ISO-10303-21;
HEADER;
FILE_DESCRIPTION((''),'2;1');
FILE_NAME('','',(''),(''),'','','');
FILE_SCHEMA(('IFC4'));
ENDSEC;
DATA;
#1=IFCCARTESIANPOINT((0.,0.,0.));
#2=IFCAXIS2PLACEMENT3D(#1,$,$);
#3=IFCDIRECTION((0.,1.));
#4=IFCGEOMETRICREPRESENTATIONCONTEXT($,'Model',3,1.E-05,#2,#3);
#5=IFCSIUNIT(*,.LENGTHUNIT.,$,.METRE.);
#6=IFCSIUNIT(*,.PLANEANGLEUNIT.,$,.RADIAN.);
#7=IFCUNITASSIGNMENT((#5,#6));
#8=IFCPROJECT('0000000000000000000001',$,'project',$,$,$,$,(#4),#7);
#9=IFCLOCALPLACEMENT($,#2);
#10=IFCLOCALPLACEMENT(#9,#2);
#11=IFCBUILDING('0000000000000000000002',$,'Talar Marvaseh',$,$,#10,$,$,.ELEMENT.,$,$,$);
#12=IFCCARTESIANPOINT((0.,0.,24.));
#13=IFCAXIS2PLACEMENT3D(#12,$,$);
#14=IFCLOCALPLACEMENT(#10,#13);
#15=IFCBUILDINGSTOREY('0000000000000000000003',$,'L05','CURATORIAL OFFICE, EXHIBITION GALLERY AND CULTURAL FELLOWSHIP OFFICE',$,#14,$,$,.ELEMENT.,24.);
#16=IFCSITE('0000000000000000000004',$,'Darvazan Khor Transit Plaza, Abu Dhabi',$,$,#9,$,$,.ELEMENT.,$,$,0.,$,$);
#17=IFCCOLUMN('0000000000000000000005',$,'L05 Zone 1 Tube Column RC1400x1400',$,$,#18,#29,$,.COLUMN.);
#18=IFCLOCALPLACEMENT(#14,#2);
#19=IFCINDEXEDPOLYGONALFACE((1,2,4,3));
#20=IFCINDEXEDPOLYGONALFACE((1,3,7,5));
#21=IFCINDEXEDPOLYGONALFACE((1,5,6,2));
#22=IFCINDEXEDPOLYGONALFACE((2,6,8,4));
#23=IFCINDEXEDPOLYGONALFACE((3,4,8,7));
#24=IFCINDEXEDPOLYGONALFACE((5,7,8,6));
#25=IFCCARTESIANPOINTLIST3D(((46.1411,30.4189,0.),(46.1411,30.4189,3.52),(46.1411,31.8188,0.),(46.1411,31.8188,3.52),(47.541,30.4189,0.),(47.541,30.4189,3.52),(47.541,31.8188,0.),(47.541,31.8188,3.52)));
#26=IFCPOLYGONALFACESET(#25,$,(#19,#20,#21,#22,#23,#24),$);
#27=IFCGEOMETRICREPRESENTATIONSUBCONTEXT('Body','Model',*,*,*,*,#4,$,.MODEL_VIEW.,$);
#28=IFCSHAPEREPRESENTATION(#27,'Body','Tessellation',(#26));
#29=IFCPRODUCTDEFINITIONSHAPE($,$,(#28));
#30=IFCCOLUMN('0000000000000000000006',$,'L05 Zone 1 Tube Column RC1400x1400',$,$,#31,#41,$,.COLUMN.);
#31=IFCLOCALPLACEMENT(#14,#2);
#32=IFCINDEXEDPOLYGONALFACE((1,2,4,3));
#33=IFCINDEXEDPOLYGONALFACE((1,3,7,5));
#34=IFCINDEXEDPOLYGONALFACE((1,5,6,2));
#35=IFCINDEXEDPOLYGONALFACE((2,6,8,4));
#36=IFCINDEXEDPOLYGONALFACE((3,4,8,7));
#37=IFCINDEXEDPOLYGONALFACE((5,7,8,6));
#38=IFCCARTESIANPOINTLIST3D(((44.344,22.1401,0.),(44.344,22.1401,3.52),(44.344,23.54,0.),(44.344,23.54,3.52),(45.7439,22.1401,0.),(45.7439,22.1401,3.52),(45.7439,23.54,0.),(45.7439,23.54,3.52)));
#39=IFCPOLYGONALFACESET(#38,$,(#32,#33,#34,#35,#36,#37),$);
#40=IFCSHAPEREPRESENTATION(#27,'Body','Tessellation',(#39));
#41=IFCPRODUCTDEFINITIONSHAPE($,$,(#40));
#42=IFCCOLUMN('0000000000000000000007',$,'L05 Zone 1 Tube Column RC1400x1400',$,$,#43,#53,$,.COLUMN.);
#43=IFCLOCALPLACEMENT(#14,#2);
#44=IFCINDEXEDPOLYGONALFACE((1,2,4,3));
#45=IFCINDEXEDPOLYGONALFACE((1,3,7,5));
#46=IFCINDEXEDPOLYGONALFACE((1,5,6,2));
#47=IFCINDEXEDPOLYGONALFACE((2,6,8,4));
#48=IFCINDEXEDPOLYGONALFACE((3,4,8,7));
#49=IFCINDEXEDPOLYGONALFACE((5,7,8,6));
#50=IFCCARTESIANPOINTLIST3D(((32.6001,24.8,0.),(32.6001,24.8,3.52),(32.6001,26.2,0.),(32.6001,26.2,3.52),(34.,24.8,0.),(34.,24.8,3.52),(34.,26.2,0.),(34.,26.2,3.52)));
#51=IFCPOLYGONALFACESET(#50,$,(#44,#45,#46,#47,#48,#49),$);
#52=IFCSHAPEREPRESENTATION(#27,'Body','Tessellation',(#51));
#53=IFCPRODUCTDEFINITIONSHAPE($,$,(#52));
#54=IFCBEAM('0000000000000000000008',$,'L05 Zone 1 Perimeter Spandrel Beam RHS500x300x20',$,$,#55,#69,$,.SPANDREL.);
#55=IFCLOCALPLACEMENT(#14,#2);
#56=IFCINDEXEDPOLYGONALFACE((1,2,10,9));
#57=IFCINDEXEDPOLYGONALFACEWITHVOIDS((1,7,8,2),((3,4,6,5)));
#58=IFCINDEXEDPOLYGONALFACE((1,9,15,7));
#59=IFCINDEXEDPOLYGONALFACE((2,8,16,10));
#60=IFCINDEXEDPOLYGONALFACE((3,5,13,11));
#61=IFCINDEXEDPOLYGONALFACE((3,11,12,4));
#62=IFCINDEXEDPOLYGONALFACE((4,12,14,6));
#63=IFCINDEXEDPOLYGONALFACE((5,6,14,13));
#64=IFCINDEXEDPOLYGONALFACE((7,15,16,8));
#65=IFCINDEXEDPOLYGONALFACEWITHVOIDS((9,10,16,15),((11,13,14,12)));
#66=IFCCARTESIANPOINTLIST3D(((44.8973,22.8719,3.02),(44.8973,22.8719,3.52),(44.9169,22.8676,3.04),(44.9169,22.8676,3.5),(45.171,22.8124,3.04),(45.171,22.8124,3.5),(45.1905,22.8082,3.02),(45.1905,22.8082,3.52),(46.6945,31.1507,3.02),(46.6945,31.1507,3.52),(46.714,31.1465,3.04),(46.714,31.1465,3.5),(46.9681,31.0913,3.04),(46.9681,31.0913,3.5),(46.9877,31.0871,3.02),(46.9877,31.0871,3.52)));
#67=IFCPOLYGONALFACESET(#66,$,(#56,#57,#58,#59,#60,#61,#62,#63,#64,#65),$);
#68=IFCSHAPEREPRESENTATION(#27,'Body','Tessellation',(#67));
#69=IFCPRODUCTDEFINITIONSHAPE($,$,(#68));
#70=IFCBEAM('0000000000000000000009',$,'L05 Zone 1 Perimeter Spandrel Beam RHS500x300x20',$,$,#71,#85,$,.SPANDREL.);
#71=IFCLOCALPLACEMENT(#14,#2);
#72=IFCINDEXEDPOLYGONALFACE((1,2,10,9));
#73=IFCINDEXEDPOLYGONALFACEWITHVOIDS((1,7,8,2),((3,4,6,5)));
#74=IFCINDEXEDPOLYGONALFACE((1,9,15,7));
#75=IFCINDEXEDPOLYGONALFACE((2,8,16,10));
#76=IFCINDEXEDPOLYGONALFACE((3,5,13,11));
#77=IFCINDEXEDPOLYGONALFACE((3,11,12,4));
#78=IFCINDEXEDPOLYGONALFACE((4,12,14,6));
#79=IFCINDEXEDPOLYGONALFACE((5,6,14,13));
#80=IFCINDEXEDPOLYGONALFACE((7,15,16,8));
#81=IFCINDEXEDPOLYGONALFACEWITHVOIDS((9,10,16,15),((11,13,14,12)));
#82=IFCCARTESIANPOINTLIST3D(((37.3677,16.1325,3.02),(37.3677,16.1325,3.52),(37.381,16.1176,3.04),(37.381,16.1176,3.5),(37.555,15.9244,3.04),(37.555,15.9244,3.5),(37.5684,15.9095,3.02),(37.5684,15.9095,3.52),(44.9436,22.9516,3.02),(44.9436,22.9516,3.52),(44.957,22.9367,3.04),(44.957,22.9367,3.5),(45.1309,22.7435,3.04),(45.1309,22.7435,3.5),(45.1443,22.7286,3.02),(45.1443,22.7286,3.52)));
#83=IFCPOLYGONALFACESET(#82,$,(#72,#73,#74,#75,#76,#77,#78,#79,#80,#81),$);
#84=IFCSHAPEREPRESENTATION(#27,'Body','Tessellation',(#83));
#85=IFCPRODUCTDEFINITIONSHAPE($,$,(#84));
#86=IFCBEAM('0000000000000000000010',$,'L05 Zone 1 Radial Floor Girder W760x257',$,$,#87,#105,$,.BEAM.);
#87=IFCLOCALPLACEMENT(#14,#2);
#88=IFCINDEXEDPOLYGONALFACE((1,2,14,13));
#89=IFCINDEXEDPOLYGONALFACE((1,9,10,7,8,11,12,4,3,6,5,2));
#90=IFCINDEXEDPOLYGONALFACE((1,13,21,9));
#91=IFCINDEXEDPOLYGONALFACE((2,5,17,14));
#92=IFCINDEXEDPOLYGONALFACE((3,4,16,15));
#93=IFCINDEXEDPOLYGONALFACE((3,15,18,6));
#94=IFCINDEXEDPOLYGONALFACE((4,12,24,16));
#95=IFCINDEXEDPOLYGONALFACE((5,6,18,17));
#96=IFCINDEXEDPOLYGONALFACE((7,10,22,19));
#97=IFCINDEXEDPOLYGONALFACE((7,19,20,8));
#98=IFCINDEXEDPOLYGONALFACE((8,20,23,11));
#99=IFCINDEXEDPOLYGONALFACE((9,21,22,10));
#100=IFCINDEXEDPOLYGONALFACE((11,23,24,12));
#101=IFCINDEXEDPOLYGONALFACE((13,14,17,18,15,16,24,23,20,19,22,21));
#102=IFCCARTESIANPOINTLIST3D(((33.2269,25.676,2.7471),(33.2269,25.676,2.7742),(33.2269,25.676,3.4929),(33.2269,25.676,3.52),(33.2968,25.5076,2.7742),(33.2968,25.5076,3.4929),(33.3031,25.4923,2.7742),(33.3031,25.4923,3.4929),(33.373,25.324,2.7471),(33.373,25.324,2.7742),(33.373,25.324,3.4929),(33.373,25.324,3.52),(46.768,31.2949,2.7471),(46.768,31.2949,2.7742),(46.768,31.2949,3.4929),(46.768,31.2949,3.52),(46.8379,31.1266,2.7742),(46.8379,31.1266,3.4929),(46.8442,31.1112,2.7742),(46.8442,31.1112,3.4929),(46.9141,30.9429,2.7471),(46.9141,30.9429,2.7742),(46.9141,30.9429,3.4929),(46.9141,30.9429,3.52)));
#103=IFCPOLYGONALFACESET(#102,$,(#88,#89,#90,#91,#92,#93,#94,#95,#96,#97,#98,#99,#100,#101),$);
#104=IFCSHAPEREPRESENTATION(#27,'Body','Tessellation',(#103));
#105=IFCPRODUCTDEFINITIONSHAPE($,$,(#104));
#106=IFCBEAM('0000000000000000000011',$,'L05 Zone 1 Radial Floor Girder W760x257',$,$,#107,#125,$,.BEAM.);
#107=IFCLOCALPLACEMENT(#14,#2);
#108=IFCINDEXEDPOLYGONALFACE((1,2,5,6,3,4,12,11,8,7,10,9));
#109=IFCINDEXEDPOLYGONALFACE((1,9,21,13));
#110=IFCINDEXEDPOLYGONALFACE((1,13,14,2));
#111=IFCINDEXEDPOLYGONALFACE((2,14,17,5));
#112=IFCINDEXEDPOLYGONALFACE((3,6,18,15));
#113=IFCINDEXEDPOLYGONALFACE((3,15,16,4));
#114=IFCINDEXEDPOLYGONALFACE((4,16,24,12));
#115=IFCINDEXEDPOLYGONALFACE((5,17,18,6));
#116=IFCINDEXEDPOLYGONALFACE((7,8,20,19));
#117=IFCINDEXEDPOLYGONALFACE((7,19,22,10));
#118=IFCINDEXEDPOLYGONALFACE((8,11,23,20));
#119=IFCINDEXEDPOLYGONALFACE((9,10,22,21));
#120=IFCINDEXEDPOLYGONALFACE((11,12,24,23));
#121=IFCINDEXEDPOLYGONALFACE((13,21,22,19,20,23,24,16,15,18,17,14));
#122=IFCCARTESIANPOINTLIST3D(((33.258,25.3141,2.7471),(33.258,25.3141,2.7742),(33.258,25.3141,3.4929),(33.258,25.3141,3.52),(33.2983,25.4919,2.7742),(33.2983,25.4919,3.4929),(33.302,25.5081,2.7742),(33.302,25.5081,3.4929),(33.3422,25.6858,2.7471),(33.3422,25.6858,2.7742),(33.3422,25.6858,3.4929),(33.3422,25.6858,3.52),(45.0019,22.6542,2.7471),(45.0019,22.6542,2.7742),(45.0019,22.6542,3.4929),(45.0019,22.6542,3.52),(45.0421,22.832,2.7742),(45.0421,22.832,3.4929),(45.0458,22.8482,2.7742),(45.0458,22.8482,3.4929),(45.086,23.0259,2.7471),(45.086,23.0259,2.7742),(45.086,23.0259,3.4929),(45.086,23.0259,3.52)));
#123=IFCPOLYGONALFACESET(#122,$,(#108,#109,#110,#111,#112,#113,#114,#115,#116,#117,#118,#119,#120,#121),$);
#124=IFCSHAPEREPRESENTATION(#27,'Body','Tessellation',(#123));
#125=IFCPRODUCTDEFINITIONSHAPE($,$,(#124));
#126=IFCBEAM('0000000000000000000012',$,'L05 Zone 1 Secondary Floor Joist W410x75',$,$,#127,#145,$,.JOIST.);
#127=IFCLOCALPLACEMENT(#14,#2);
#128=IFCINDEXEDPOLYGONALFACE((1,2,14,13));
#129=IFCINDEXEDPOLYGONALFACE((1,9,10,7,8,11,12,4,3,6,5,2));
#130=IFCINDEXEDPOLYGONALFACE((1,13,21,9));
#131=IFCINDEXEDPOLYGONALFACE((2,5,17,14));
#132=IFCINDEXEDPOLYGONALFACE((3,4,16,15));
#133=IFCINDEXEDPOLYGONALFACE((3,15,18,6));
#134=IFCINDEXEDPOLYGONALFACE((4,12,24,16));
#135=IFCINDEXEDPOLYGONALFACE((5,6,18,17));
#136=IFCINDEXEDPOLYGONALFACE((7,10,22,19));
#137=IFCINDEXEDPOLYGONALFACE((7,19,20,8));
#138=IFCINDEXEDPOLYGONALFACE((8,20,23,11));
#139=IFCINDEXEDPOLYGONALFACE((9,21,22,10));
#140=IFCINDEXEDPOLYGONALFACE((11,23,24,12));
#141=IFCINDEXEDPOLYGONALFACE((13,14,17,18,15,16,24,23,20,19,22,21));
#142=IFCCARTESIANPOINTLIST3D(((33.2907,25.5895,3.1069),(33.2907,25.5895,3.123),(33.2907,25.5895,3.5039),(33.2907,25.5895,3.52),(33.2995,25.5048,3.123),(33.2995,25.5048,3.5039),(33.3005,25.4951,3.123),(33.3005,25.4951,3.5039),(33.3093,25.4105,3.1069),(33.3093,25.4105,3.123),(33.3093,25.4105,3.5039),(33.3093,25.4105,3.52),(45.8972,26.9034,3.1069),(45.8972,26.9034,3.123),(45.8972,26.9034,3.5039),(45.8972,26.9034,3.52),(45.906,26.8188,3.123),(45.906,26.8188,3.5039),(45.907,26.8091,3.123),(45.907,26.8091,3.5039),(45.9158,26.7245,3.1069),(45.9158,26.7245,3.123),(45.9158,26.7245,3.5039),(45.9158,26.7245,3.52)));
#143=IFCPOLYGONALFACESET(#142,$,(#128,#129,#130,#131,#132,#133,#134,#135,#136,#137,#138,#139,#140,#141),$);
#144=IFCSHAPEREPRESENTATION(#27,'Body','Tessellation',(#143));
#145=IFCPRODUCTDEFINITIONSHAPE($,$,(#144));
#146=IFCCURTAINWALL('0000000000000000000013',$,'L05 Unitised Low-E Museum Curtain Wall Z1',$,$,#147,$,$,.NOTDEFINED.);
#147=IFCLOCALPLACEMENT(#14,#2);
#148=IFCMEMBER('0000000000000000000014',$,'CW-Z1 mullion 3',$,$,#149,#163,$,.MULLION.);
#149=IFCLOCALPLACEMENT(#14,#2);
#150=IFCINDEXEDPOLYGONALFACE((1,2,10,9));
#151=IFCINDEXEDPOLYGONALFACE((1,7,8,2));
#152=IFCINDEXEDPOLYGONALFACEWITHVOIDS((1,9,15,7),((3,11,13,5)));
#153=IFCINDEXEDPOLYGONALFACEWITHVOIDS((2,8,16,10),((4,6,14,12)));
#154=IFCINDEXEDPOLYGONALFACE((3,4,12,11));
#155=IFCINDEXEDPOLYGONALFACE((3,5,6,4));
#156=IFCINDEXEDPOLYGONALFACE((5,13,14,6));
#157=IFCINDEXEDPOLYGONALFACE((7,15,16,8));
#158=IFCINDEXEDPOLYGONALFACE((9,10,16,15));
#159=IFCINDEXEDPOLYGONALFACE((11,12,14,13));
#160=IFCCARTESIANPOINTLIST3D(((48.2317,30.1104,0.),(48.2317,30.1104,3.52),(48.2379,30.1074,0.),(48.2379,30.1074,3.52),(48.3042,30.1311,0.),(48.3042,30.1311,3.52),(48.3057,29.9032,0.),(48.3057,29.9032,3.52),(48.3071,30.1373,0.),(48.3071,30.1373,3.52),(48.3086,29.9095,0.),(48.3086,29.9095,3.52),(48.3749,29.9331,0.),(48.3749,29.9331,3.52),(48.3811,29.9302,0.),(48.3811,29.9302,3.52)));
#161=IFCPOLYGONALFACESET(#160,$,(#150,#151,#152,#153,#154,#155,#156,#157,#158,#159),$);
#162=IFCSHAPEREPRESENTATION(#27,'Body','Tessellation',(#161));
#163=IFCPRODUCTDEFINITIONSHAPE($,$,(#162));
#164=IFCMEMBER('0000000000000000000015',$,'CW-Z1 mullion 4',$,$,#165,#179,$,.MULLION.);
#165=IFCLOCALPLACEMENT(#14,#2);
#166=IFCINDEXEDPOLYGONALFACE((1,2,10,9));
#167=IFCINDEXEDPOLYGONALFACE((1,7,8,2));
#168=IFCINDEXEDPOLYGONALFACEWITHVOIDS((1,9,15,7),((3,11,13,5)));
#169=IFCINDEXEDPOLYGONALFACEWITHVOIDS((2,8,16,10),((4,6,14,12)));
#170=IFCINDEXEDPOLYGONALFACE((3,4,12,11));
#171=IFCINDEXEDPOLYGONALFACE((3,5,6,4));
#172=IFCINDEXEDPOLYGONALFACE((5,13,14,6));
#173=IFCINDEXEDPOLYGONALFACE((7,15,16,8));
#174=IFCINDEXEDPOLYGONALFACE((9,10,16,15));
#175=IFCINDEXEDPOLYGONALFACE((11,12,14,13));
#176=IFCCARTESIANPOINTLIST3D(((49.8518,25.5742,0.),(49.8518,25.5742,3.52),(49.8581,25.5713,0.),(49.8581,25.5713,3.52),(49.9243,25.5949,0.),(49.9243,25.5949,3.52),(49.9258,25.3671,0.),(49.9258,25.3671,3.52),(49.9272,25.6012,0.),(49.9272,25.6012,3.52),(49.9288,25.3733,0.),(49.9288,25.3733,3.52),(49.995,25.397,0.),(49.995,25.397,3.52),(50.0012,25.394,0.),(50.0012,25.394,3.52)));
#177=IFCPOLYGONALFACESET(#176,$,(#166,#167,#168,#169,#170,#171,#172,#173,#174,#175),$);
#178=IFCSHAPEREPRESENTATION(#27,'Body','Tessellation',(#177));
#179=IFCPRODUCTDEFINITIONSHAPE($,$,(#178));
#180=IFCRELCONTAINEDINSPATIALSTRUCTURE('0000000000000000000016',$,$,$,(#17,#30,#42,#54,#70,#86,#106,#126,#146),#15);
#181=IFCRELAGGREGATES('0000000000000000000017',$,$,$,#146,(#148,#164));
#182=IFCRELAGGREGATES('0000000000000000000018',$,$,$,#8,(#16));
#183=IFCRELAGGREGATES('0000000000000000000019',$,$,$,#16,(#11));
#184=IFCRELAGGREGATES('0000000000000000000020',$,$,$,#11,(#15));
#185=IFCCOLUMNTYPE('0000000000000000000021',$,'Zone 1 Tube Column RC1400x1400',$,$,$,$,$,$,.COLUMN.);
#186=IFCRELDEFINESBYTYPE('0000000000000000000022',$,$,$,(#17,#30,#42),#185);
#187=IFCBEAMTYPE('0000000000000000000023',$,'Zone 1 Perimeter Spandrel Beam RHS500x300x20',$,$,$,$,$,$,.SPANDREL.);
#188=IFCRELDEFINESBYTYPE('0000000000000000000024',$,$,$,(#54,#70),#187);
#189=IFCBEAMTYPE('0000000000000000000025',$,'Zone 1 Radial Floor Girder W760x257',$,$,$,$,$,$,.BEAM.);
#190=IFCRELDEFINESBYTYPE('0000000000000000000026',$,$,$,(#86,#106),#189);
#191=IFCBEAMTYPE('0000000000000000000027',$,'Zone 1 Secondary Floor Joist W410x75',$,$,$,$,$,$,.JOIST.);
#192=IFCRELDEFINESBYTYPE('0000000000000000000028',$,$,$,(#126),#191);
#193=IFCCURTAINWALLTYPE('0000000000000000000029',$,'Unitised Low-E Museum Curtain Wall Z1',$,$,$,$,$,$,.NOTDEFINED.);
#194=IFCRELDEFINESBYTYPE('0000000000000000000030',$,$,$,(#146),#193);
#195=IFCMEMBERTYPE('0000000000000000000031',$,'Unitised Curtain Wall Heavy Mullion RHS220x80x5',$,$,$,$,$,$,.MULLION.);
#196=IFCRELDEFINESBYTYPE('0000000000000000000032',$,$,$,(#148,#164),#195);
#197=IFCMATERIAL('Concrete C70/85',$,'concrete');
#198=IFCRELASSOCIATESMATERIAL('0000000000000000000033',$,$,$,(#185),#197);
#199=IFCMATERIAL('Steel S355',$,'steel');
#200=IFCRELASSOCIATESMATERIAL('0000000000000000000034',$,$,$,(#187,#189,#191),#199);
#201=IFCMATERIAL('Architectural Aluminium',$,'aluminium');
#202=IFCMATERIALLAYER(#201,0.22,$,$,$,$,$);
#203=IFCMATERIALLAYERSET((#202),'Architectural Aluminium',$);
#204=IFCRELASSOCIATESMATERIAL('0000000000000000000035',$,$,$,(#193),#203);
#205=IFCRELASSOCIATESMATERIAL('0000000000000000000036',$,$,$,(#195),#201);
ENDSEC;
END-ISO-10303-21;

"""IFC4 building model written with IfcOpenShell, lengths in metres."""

from ifc_helpers import new_model, si_unit, direction, frame, origin, origin_2d, place, context, subcontext, project, spatial, rectangle, hollow_rectangle, i_section, extrude, source, transform, mapped, material, layer, layer_set, material_profile, profile_set, type_object, type_shapes, element, aggregate, save


model = new_model("IFC4")

# Units and contexts
model_context = context("Model", 3, precision=1e-05, world=origin(), true_north=direction((0.0, 1.0)))
body_context = subcontext(model_context, "Body", "Model", "MODEL_VIEW")
ifc_project = project(units=[si_unit("LENGTHUNIT", "METRE"), si_unit("PLANEANGLEUNIT", "RADIAN")], contexts=[model_context])

# Site, building, storey
site_placement = place(None, origin())
site = spatial("IfcSite", under=ifc_project, at=site_placement, Name="Darvazan Khor Transit Plaza, Abu Dhabi", CompositionType="ELEMENT", RefElevation=0.0)
building_placement = place(site_placement, origin())
building = spatial("IfcBuilding", under=site, at=building_placement, Name="Talar Marvaseh", CompositionType="ELEMENT")
storey_placement = place(building_placement, frame((0.0, 0.0, 24.0)))
storey = spatial("IfcBuildingStorey", under=building, at=storey_placement, Name="L05", Description="CURATORIAL OFFICE, EXHIBITION GALLERY AND CULTURAL FELLOWSHIP OFFICE", CompositionType="ELEMENT", Elevation=24.0)

# Columns
ifc_material_1 = material(Name="Concrete C70/85", Category="concrete")
ifc_material_profile_1 = material_profile(ifc_material_1, rectangle(XDim=1.3999, YDim=1.3999, at=origin_2d()), Name="RC1400x1400")
ifc_profile_set_1 = profile_set([ifc_material_profile_1], Name="Concrete C70/85")
column_type = type_object("IfcColumnType", Name="Zone 1 Tube Column RC1400x1400", PredefinedType="COLUMN", material=ifc_profile_set_1)
for number, where, z_axis, x_axis, name in (
    (1, (46.8411, 31.1189, 0.0), (0.0, 0.0, 1.0), (1.0, 0.0, 0.0), "L05 Zone 1 Tube Column RC1400x1400"),
    (2, (45.0439, 22.8401, 0.0), (0.0, 0.0, 1.0), (1.0, 0.0, 0.0), "L05 Zone 1 Tube Column RC1400x1400"),
    (3, (33.3, 25.5, 0.0), (0.0, 0.0, 1.0), (1.0, 0.0, 0.0), "L05 Zone 1 Tube Column RC1400x1400"),
):
    element("IfcColumn", number, at=place(storey_placement, frame(where, z_axis=z_axis, x_axis=x_axis)), inside=storey, type_object=column_type, Name=name, PredefinedType="COLUMN", context=body_context, shape_type="SweptSolid", body=[
        extrude(rectangle(XDim=1.3999, YDim=1.3999, at=origin_2d()), origin(), (0.0, 0.0, 1.0), 3.52),
    ])

# Beams
ifc_material_2 = material(Name="Steel S355", Category="steel")
ifc_material_profile_2 = material_profile(ifc_material_2, hollow_rectangle(XDim=0.3, YDim=0.5, WallThickness=0.02, at=origin_2d()), Name="RHS500x300x20")
ifc_profile_set_2 = profile_set([ifc_material_profile_2], Name="Steel S355")
beam_type_1 = type_object("IfcBeamType", Name="Zone 1 Perimeter Spandrel Beam RHS500x300x20", PredefinedType="SPANDREL", material=ifc_profile_set_2)
beam_1_placement = place(storey_placement, frame((46.8411, 31.1189, 3.27), z_axis=(-0.212134, -0.977241, 0.0), x_axis=(0.977241, -0.212134, 0.0)))
element("IfcBeam", 4, at=beam_1_placement, inside=storey, type_object=beam_type_1, Name="L05 Zone 1 Perimeter Spandrel Beam RHS500x300x20", PredefinedType="SPANDREL", context=body_context, shape_type="SweptSolid", body=[
    extrude(hollow_rectangle(XDim=0.3, YDim=0.5, WallThickness=0.02, at=origin_2d()), origin(), (0.0, 0.0, 1.0), 8.4717),
])
beam_2_placement = place(storey_placement, frame((45.0439, 22.8401, 3.27), z_axis=(-0.743257, -0.669006, 0.0), x_axis=(0.669006, -0.743257, 0.0)))
element("IfcBeam", 5, at=beam_2_placement, inside=storey, type_object=beam_type_1, Name="L05 Zone 1 Perimeter Spandrel Beam RHS500x300x20", PredefinedType="SPANDREL", context=body_context, shape_type="SweptSolid", body=[
    extrude(hollow_rectangle(XDim=0.3, YDim=0.5, WallThickness=0.02, at=origin_2d()), origin(), (0.0, 0.0, 1.0), 10.1929),
])
ifc_material_profile_3 = material_profile(ifc_material_2, i_section(OverallWidth=0.3811, OverallDepth=0.7729, WebThickness=0.0166, FlangeThickness=0.0271, at=origin_2d()), Name="W760x257")
ifc_profile_set_3 = profile_set([ifc_material_profile_3], Name="Steel S355")
beam_type_2 = type_object("IfcBeamType", Name="Zone 1 Radial Floor Girder W760x257", PredefinedType="BEAM", material=ifc_profile_set_3)
beam_3_placement = place(storey_placement, frame((46.8411, 31.1189, 3.1335), z_axis=(-0.923638, -0.383267, 0.0), x_axis=(0.383267, -0.923638, 0.0)))
element("IfcBeam", 6, at=beam_3_placement, inside=storey, type_object=beam_type_2, Name="L05 Zone 1 Radial Floor Girder W760x257", PredefinedType="BEAM", context=body_context, shape_type="SweptSolid", body=[
    extrude(i_section(OverallWidth=0.3811, OverallDepth=0.7729, WebThickness=0.0166, FlangeThickness=0.0271, at=origin_2d()), origin(), (0.0, 0.0, 1.0), 14.6606),
])
beam_4_placement = place(storey_placement, frame((45.0439, 22.8401, 3.1335), z_axis=(-0.975297, 0.220898, 0.0), x_axis=(-0.220898, -0.975297, 0.0)))
element("IfcBeam", 7, at=beam_4_placement, inside=storey, type_object=beam_type_2, Name="L05 Zone 1 Radial Floor Girder W760x257", PredefinedType="BEAM", context=body_context, shape_type="SweptSolid", body=[
    extrude(i_section(OverallWidth=0.3811, OverallDepth=0.7729, WebThickness=0.0166, FlangeThickness=0.0271, at=origin_2d()), origin(), (0.0, 0.0, 1.0), 12.0413),
])
ifc_material_profile_4 = material_profile(ifc_material_2, i_section(OverallWidth=0.1799, OverallDepth=0.4131, WebThickness=0.0098, FlangeThickness=0.0161, at=origin_2d()), Name="W410x75")
ifc_profile_set_4 = profile_set([ifc_material_profile_4], Name="Steel S355")
beam_type_3 = type_object("IfcBeamType", Name="Zone 1 Secondary Floor Joist W410x75", PredefinedType="JOIST", material=ifc_profile_set_4)
beam_5_placement = place(storey_placement, frame((45.9065, 26.814, 3.3135), z_axis=(-0.994612, -0.103668, 0.0), x_axis=(0.103668, -0.994612, 0.0)))
element("IfcBeam", 8, at=beam_5_placement, inside=storey, type_object=beam_type_3, Name="L05 Zone 1 Secondary Floor Joist W410x75", PredefinedType="JOIST", context=body_context, shape_type="SweptSolid", body=[
    extrude(i_section(OverallWidth=0.1799, OverallDepth=0.4131, WebThickness=0.0098, FlangeThickness=0.0161, at=origin_2d()), origin(), (0.0, 0.0, 1.0), 12.6748),
])

# Curtain wall, members
ifc_material_3 = material(Name="Architectural Aluminium", Category="aluminium")
ifc_layer_1 = layer(ifc_material_3, 0.22)
ifc_layer_set_1 = layer_set([ifc_layer_1], Name="Architectural Aluminium")
curtain_wall_type = type_object("IfcCurtainWallType", Name="Unitised Low-E Museum Curtain Wall Z1", PredefinedType="NOTDEFINED", material=ifc_layer_set_1)
curtain_wall_placement = place(storey_placement, origin())
curtain_wall = element("IfcCurtainWall", 9, at=curtain_wall_placement, inside=storey, type_object=curtain_wall_type, Name="L05 Unitised Low-E Museum Curtain Wall Z1", PredefinedType="NOTDEFINED")
ifc_material_profile_5 = material_profile(ifc_material_3, hollow_rectangle(XDim=0.0801, YDim=0.22, WallThickness=0.0049, at=origin_2d()), Name="RHS220x80x5")
ifc_profile_set_5 = profile_set([ifc_material_profile_5], Name="Architectural Aluminium")
member_type_1 = type_object("IfcMemberType", Name="Unitised Curtain Wall Heavy Mullion RHS220x80x5", PredefinedType="MULLION", material=ifc_profile_set_5)
shared_shape_1 = source(origin(), body_context, "Body", "SweptSolid", [
    extrude(hollow_rectangle(XDim=0.0801, YDim=0.22, WallThickness=0.0049, at=origin_2d()), origin(), (0.0, 0.0, 1.0), 3.52),
])
type_shapes(member_type_1, [shared_shape_1])
member_1_placement = place(storey_placement, frame((48.3064, 30.0203, 0.0), z_axis=(0.0, 0.0, 1.0), x_axis=(0.941742, 0.336336, 0.0)))
member_1 = element("IfcMember", 10, at=member_1_placement, type_object=member_type_1, Name="CW-Z1 mullion 3", PredefinedType="MULLION", context=body_context, shape_type="MappedRepresentation", body=[
    mapped(shared_shape_1, transform((0.0, 0.0, 0.0), x_axis=(1.0, 0.0, 0.0), y_axis=(0.0, 1.0, 0.0), z_axis=(0.0, 0.0, 1.0), scale=1.0)),
])
member_2_placement = place(storey_placement, frame((49.9265, 25.4841, 0.0), z_axis=(0.0, 0.0, 1.0), x_axis=(0.941742, 0.336336, 0.0)))
member_2 = element("IfcMember", 11, at=member_2_placement, type_object=member_type_1, Name="CW-Z1 mullion 4", PredefinedType="MULLION", context=body_context, shape_type="MappedRepresentation", body=[
    mapped(shared_shape_1, transform((0.0, 0.0, 0.0), x_axis=(1.0, 0.0, 0.0), y_axis=(0.0, 1.0, 0.0), z_axis=(0.0, 0.0, 1.0), scale=1.0)),
])
aggregate(curtain_wall, [member_1, member_2])

save(model, "model.ifc")
